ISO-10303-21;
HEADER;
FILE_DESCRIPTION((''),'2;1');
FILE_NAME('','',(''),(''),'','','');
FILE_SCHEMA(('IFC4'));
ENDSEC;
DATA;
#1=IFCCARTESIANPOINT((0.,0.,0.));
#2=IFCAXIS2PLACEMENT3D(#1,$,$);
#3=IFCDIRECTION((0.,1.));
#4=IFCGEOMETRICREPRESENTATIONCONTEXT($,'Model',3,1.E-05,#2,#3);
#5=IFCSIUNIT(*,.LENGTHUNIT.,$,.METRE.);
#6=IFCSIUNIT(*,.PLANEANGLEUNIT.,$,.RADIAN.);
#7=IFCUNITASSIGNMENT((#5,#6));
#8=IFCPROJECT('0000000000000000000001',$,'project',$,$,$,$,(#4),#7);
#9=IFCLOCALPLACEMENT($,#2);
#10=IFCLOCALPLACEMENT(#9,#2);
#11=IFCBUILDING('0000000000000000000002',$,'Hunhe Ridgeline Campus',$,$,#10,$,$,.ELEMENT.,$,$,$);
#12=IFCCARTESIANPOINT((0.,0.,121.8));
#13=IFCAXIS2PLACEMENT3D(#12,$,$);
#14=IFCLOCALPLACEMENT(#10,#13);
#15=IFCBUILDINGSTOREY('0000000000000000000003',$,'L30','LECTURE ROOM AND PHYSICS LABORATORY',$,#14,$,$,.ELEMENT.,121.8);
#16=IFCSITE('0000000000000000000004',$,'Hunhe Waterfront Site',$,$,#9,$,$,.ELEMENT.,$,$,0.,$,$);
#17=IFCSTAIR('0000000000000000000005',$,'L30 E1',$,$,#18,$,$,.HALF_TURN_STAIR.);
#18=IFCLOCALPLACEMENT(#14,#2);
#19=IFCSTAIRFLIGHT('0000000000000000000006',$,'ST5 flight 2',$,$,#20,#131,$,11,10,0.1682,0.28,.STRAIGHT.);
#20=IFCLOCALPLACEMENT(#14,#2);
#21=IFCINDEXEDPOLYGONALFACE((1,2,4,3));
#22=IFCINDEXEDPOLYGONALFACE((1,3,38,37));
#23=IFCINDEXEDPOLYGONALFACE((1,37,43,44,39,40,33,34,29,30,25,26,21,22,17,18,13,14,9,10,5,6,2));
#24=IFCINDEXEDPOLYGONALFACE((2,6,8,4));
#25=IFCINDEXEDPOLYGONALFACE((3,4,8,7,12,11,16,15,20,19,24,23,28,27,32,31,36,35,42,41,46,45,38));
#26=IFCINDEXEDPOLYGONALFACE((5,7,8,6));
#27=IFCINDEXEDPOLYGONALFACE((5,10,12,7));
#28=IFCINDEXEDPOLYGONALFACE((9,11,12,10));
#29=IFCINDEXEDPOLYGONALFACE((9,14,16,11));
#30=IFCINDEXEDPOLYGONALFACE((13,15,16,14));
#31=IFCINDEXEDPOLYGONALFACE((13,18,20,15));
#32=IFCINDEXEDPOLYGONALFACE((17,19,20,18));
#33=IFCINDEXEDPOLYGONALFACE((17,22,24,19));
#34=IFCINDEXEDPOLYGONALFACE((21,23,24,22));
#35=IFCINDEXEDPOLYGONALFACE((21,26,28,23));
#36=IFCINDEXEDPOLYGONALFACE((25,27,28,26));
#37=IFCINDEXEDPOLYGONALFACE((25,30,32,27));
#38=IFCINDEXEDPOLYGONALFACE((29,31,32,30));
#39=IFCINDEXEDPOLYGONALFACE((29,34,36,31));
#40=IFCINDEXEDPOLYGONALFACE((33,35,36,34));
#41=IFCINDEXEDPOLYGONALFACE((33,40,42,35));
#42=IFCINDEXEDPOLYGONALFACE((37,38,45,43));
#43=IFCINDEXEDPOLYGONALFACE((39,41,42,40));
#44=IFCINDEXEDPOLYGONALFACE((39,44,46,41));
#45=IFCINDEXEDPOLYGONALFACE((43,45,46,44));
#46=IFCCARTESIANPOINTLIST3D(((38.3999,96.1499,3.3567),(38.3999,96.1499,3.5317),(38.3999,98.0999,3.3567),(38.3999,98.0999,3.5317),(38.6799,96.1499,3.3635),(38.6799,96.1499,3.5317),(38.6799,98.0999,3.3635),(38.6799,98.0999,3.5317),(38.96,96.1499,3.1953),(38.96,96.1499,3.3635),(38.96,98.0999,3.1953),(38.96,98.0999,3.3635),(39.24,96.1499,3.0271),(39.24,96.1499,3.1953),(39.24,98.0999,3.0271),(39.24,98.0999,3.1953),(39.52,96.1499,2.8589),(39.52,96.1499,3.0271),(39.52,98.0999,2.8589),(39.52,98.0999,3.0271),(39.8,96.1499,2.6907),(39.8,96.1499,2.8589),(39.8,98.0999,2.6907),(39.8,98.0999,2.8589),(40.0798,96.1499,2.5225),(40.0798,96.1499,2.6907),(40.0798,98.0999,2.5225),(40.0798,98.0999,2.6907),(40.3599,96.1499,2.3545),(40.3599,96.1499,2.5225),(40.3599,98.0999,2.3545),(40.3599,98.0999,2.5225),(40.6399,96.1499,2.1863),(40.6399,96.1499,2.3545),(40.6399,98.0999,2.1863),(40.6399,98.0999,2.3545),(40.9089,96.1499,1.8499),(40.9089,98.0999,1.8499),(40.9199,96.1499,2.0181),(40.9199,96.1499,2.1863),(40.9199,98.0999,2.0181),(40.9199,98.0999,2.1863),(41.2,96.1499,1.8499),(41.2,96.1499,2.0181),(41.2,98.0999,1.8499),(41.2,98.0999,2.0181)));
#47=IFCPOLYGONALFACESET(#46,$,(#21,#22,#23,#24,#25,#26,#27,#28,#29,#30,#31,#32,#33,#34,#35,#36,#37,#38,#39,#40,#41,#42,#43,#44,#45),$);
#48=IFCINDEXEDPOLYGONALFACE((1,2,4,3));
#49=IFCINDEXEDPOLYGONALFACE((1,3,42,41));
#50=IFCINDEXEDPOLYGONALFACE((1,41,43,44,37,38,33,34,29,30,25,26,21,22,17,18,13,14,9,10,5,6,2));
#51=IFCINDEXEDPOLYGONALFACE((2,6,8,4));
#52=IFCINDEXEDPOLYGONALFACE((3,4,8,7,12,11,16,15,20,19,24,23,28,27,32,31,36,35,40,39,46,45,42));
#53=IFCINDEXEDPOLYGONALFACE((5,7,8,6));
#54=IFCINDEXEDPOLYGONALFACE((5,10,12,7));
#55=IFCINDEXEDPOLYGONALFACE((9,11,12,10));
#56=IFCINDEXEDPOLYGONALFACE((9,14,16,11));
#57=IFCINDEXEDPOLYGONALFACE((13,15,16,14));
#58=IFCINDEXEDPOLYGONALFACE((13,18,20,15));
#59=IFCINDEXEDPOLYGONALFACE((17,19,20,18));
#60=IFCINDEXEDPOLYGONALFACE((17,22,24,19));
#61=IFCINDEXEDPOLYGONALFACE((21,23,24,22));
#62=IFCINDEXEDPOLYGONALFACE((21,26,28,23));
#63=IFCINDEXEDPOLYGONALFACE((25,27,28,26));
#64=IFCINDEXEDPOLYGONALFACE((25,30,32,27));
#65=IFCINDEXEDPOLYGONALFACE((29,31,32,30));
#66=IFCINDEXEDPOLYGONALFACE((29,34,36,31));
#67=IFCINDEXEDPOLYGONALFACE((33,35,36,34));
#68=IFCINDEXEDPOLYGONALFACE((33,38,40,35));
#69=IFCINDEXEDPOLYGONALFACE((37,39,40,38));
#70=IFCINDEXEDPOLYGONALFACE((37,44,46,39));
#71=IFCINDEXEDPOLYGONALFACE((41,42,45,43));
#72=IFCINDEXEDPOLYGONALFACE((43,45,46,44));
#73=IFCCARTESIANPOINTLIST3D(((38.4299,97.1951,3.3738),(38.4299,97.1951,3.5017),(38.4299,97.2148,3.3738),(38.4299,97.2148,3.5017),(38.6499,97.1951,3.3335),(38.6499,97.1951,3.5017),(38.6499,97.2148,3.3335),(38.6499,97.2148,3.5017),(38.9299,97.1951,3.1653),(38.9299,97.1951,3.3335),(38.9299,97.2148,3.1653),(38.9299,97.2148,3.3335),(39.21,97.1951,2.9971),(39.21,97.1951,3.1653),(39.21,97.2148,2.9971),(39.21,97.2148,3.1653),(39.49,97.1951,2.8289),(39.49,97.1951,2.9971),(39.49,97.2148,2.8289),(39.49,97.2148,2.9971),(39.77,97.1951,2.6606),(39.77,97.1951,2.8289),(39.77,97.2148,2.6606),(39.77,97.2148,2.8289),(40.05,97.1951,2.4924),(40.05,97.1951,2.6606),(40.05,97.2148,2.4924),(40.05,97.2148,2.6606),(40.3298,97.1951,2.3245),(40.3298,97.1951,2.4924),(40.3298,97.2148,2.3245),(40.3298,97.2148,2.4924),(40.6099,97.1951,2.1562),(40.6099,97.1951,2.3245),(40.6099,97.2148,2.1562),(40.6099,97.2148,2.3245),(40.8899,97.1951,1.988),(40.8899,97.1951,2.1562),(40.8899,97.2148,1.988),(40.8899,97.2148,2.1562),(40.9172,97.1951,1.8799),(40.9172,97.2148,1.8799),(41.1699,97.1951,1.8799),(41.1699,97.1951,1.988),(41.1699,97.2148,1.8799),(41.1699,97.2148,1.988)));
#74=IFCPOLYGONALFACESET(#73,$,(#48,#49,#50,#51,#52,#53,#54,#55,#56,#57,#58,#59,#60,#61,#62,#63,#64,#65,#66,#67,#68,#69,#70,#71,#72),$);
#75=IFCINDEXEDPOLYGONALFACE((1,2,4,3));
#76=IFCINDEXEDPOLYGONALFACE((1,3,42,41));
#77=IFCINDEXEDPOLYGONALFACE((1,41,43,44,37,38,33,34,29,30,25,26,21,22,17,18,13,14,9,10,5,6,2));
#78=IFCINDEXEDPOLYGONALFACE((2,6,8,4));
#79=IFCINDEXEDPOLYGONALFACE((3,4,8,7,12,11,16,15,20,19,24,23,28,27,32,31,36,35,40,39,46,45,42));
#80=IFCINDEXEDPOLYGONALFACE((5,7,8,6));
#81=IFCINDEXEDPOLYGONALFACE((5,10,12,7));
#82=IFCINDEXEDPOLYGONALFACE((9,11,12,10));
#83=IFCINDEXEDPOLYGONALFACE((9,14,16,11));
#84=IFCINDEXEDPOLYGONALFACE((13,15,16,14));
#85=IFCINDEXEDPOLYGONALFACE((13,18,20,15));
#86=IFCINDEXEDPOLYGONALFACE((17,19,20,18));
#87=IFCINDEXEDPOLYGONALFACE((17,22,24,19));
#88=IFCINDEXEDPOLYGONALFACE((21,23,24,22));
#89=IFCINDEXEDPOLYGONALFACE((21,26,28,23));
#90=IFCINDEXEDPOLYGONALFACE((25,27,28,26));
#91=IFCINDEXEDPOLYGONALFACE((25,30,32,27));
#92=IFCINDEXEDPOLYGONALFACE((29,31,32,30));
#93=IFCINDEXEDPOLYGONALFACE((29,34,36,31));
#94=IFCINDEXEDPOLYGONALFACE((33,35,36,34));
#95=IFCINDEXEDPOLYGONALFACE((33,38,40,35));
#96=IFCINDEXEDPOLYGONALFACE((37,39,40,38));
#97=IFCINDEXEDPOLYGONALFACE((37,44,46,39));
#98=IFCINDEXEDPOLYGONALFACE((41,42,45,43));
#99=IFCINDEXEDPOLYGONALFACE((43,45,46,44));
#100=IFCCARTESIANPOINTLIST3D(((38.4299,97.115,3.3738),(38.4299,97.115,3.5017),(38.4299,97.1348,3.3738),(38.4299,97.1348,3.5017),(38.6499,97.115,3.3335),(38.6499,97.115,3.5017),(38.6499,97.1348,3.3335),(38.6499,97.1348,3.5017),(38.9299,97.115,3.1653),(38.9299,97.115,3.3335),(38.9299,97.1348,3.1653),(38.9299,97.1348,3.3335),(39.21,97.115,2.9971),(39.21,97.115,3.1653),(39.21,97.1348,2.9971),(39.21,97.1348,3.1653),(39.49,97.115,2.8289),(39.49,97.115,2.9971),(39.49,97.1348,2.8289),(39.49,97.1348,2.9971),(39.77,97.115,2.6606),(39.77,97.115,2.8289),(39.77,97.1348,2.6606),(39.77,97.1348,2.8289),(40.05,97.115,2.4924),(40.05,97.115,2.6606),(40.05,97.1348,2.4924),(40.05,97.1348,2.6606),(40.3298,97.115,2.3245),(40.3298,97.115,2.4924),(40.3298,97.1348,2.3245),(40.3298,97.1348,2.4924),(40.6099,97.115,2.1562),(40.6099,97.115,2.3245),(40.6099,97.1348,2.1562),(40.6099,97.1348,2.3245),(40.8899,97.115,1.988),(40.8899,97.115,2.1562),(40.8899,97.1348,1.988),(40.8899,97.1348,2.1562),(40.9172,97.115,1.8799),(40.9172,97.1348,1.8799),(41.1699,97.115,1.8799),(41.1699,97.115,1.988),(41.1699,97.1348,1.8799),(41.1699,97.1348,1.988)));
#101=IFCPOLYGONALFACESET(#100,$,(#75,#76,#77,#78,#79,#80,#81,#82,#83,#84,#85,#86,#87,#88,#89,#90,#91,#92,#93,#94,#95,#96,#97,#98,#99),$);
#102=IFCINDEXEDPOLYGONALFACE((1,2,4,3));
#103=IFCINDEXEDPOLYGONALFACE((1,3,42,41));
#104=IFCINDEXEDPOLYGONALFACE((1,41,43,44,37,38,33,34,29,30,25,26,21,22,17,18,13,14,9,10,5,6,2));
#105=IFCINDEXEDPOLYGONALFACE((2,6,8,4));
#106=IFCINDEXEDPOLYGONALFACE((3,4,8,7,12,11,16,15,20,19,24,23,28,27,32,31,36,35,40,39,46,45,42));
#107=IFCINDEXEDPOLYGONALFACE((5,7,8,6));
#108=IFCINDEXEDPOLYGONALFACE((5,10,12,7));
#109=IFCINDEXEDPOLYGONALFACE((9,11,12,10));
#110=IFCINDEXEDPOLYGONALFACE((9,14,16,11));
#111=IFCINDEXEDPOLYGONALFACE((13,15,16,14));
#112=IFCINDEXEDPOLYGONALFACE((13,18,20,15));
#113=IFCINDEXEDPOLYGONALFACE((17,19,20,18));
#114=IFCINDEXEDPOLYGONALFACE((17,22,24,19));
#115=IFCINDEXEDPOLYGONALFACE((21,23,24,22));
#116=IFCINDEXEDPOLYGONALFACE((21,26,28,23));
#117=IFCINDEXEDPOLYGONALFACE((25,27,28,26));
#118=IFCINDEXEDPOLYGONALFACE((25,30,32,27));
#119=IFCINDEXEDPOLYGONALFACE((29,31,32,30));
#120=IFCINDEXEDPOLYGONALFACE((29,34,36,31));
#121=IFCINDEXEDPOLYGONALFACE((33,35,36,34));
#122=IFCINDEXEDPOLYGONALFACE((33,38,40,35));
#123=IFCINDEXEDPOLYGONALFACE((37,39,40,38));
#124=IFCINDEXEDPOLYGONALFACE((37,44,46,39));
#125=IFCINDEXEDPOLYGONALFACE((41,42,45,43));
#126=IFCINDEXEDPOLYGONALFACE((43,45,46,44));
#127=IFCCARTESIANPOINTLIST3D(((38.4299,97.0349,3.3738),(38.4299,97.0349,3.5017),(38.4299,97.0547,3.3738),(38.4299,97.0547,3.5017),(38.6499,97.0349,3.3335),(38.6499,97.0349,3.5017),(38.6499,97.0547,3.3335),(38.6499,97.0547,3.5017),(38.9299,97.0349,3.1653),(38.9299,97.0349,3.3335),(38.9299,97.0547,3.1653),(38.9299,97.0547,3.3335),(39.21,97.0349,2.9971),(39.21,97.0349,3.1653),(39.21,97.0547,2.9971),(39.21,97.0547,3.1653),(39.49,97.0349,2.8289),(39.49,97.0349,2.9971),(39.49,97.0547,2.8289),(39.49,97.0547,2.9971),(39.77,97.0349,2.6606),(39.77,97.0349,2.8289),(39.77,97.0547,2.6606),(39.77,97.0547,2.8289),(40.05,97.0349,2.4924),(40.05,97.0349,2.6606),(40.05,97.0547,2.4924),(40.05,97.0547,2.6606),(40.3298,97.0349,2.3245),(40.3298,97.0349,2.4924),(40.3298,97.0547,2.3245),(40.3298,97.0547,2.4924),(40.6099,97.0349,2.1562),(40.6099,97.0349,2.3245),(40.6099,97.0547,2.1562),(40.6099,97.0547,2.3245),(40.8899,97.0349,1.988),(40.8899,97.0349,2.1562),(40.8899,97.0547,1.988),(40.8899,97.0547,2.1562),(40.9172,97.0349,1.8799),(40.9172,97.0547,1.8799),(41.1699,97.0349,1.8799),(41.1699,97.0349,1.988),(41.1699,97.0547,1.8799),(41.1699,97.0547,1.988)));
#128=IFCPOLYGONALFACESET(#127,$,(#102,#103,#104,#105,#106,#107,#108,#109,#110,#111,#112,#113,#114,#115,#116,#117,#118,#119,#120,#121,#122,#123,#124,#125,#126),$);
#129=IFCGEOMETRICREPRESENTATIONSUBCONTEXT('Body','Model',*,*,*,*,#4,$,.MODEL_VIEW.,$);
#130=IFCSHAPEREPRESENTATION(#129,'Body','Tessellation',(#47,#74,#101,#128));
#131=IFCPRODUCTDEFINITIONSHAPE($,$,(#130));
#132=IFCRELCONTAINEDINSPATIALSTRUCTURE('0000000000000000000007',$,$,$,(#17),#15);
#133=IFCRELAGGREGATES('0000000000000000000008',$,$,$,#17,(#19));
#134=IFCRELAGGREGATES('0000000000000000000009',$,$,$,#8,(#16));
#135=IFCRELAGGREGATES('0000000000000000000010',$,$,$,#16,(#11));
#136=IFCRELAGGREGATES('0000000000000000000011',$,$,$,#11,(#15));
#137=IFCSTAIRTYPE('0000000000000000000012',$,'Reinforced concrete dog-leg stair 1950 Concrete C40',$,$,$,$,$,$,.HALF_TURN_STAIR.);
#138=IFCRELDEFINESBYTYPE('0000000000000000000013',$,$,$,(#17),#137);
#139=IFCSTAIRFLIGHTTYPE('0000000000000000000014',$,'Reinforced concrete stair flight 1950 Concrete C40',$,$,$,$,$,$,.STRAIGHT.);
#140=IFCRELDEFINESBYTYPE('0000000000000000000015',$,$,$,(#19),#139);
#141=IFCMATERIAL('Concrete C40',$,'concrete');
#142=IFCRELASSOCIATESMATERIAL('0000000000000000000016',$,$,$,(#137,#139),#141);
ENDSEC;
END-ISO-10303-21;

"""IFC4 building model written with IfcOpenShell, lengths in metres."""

from ifc_helpers import new_model, si_unit, direction, frame, origin, place, context, subcontext, project, spatial, polyline, outline, extrude, material, type_object, element, aggregate, save


model = new_model("IFC4")

# Units and contexts
model_context = context("Model", 3, precision=1e-05, world=origin(), true_north=direction((0.0, 1.0)))
body_context = subcontext(model_context, "Body", "Model", "MODEL_VIEW")
ifc_project = project(units=[si_unit("LENGTHUNIT", "METRE"), si_unit("PLANEANGLEUNIT", "RADIAN")], contexts=[model_context])

# Site, building, storey
site_placement = place(None, origin())
site = spatial("IfcSite", under=ifc_project, at=site_placement, Name="Hunhe Waterfront Site", CompositionType="ELEMENT", RefElevation=0.0)
building_placement = place(site_placement, origin())
building = spatial("IfcBuilding", under=site, at=building_placement, Name="Hunhe Ridgeline Campus", CompositionType="ELEMENT")
storey_placement = place(building_placement, frame((0.0, 0.0, 121.8)))
storey = spatial("IfcBuildingStorey", under=building, at=storey_placement, Name="L30", Description="LECTURE ROOM AND PHYSICS LABORATORY", CompositionType="ELEMENT", Elevation=121.8)

# Stair, stair flight
ifc_material_1 = material(Name="Concrete C40", Category="concrete")
stair_type = type_object("IfcStairType", Name="Reinforced concrete dog-leg stair 1950 Concrete C40", PredefinedType="HALF_TURN_STAIR", material=ifc_material_1)
stair_placement = place(storey_placement, origin())
stair = element("IfcStair", 1, at=stair_placement, inside=storey, type_object=stair_type, Name="L30 E1", PredefinedType="HALF_TURN_STAIR")
stair_flight_type = type_object("IfcStairFlightType", Name="Reinforced concrete stair flight 1950 Concrete C40", PredefinedType="STRAIGHT", material=ifc_material_1)
stair_flight_1_placement = place(storey_placement, frame((41.2, 97.125, 1.8499), z_axis=(0.0, 0.0, 1.0), x_axis=(-1.0, 0.0, 0.0)))
stair_flight_1 = element("IfcStairFlight", 2, at=stair_flight_1_placement, type_object=stair_flight_type, Name="ST5 flight 2", NumberOfRisers=11, NumberOfTreads=10, PredefinedType="STRAIGHT", RiserHeight=0.1682, TreadLength=0.28, context=body_context, shape_type="SweptSolid", body=[
    extrude(outline(polyline([(0.0, 0.0), (0.0, 0.1682), (0.28, 0.1682), (0.28, 0.3364), (0.5601, 0.3364), (0.5601, 0.5046), (0.8401, 0.5046), (0.8401, 0.6726), (1.1201, 0.6726), (1.1201, 0.8408), (1.3999, 0.8408), (1.3999, 1.009), (1.6799, 1.009), (1.6799, 1.1772), (1.96, 1.1772), (1.96, 1.3455), (2.24, 1.3455), (2.24, 1.5137), (2.52, 1.5137), (2.52, 1.6819), (2.8, 1.6819), (2.8, 1.8501), (2.8, 1.5068), (0.291, 0.0), (0.0, 0.0)])), frame((0.0, 0.9751, 0.0), z_axis=(0.0, -1.0, 0.0), x_axis=(1.0, 0.0, 0.0)), (0.0, 0.0, 1.0), 1.95),
    extrude(outline(polyline([(0.03, 0.03), (0.03, 0.1382), (0.3101, 0.1382), (0.3101, 0.3064), (0.5901, 0.3064), (0.5901, 0.4746), (0.8701, 0.4746), (0.8701, 0.6426), (1.1499, 0.6426), (1.1499, 0.8108), (1.4299, 0.8108), (1.4299, 0.979), (1.71, 0.979), (1.71, 1.1472), (1.99, 1.1472), (1.99, 1.3154), (2.27, 1.3154), (2.27, 1.4836), (2.55, 1.4836), (2.55, 1.6519), (2.77, 1.6519), (2.77, 1.5239), (0.2827, 0.03), (0.03, 0.03)])), frame((0.0, -0.0701, 0.0), z_axis=(0.0, -1.0, 0.0), x_axis=(1.0, 0.0, 0.0)), (0.0, 0.0, 1.0), 0.0198),
    extrude(outline(polyline([(0.03, 0.03), (0.03, 0.1382), (0.3101, 0.1382), (0.3101, 0.3064), (0.5901, 0.3064), (0.5901, 0.4746), (0.8701, 0.4746), (0.8701, 0.6426), (1.1499, 0.6426), (1.1499, 0.8108), (1.4299, 0.8108), (1.4299, 0.979), (1.71, 0.979), (1.71, 1.1472), (1.99, 1.1472), (1.99, 1.3154), (2.27, 1.3154), (2.27, 1.4836), (2.55, 1.4836), (2.55, 1.6519), (2.77, 1.6519), (2.77, 1.5239), (0.2827, 0.03), (0.03, 0.03)])), frame((0.0, 0.01, 0.0), z_axis=(0.0, -1.0, 0.0), x_axis=(1.0, 0.0, 0.0)), (0.0, 0.0, 1.0), 0.0198),
    extrude(outline(polyline([(0.03, 0.03), (0.03, 0.1382), (0.3101, 0.1382), (0.3101, 0.3064), (0.5901, 0.3064), (0.5901, 0.4746), (0.8701, 0.4746), (0.8701, 0.6426), (1.1499, 0.6426), (1.1499, 0.8108), (1.4299, 0.8108), (1.4299, 0.979), (1.71, 0.979), (1.71, 1.1472), (1.99, 1.1472), (1.99, 1.3154), (2.27, 1.3154), (2.27, 1.4836), (2.55, 1.4836), (2.55, 1.6519), (2.77, 1.6519), (2.77, 1.5239), (0.2827, 0.03), (0.03, 0.03)])), frame((0.0, 0.0901, 0.0), z_axis=(0.0, -1.0, 0.0), x_axis=(1.0, 0.0, 0.0)), (0.0, 0.0, 1.0), 0.0198),
])
aggregate(stair, [stair_flight_1])

save(model, "model.ifc")
